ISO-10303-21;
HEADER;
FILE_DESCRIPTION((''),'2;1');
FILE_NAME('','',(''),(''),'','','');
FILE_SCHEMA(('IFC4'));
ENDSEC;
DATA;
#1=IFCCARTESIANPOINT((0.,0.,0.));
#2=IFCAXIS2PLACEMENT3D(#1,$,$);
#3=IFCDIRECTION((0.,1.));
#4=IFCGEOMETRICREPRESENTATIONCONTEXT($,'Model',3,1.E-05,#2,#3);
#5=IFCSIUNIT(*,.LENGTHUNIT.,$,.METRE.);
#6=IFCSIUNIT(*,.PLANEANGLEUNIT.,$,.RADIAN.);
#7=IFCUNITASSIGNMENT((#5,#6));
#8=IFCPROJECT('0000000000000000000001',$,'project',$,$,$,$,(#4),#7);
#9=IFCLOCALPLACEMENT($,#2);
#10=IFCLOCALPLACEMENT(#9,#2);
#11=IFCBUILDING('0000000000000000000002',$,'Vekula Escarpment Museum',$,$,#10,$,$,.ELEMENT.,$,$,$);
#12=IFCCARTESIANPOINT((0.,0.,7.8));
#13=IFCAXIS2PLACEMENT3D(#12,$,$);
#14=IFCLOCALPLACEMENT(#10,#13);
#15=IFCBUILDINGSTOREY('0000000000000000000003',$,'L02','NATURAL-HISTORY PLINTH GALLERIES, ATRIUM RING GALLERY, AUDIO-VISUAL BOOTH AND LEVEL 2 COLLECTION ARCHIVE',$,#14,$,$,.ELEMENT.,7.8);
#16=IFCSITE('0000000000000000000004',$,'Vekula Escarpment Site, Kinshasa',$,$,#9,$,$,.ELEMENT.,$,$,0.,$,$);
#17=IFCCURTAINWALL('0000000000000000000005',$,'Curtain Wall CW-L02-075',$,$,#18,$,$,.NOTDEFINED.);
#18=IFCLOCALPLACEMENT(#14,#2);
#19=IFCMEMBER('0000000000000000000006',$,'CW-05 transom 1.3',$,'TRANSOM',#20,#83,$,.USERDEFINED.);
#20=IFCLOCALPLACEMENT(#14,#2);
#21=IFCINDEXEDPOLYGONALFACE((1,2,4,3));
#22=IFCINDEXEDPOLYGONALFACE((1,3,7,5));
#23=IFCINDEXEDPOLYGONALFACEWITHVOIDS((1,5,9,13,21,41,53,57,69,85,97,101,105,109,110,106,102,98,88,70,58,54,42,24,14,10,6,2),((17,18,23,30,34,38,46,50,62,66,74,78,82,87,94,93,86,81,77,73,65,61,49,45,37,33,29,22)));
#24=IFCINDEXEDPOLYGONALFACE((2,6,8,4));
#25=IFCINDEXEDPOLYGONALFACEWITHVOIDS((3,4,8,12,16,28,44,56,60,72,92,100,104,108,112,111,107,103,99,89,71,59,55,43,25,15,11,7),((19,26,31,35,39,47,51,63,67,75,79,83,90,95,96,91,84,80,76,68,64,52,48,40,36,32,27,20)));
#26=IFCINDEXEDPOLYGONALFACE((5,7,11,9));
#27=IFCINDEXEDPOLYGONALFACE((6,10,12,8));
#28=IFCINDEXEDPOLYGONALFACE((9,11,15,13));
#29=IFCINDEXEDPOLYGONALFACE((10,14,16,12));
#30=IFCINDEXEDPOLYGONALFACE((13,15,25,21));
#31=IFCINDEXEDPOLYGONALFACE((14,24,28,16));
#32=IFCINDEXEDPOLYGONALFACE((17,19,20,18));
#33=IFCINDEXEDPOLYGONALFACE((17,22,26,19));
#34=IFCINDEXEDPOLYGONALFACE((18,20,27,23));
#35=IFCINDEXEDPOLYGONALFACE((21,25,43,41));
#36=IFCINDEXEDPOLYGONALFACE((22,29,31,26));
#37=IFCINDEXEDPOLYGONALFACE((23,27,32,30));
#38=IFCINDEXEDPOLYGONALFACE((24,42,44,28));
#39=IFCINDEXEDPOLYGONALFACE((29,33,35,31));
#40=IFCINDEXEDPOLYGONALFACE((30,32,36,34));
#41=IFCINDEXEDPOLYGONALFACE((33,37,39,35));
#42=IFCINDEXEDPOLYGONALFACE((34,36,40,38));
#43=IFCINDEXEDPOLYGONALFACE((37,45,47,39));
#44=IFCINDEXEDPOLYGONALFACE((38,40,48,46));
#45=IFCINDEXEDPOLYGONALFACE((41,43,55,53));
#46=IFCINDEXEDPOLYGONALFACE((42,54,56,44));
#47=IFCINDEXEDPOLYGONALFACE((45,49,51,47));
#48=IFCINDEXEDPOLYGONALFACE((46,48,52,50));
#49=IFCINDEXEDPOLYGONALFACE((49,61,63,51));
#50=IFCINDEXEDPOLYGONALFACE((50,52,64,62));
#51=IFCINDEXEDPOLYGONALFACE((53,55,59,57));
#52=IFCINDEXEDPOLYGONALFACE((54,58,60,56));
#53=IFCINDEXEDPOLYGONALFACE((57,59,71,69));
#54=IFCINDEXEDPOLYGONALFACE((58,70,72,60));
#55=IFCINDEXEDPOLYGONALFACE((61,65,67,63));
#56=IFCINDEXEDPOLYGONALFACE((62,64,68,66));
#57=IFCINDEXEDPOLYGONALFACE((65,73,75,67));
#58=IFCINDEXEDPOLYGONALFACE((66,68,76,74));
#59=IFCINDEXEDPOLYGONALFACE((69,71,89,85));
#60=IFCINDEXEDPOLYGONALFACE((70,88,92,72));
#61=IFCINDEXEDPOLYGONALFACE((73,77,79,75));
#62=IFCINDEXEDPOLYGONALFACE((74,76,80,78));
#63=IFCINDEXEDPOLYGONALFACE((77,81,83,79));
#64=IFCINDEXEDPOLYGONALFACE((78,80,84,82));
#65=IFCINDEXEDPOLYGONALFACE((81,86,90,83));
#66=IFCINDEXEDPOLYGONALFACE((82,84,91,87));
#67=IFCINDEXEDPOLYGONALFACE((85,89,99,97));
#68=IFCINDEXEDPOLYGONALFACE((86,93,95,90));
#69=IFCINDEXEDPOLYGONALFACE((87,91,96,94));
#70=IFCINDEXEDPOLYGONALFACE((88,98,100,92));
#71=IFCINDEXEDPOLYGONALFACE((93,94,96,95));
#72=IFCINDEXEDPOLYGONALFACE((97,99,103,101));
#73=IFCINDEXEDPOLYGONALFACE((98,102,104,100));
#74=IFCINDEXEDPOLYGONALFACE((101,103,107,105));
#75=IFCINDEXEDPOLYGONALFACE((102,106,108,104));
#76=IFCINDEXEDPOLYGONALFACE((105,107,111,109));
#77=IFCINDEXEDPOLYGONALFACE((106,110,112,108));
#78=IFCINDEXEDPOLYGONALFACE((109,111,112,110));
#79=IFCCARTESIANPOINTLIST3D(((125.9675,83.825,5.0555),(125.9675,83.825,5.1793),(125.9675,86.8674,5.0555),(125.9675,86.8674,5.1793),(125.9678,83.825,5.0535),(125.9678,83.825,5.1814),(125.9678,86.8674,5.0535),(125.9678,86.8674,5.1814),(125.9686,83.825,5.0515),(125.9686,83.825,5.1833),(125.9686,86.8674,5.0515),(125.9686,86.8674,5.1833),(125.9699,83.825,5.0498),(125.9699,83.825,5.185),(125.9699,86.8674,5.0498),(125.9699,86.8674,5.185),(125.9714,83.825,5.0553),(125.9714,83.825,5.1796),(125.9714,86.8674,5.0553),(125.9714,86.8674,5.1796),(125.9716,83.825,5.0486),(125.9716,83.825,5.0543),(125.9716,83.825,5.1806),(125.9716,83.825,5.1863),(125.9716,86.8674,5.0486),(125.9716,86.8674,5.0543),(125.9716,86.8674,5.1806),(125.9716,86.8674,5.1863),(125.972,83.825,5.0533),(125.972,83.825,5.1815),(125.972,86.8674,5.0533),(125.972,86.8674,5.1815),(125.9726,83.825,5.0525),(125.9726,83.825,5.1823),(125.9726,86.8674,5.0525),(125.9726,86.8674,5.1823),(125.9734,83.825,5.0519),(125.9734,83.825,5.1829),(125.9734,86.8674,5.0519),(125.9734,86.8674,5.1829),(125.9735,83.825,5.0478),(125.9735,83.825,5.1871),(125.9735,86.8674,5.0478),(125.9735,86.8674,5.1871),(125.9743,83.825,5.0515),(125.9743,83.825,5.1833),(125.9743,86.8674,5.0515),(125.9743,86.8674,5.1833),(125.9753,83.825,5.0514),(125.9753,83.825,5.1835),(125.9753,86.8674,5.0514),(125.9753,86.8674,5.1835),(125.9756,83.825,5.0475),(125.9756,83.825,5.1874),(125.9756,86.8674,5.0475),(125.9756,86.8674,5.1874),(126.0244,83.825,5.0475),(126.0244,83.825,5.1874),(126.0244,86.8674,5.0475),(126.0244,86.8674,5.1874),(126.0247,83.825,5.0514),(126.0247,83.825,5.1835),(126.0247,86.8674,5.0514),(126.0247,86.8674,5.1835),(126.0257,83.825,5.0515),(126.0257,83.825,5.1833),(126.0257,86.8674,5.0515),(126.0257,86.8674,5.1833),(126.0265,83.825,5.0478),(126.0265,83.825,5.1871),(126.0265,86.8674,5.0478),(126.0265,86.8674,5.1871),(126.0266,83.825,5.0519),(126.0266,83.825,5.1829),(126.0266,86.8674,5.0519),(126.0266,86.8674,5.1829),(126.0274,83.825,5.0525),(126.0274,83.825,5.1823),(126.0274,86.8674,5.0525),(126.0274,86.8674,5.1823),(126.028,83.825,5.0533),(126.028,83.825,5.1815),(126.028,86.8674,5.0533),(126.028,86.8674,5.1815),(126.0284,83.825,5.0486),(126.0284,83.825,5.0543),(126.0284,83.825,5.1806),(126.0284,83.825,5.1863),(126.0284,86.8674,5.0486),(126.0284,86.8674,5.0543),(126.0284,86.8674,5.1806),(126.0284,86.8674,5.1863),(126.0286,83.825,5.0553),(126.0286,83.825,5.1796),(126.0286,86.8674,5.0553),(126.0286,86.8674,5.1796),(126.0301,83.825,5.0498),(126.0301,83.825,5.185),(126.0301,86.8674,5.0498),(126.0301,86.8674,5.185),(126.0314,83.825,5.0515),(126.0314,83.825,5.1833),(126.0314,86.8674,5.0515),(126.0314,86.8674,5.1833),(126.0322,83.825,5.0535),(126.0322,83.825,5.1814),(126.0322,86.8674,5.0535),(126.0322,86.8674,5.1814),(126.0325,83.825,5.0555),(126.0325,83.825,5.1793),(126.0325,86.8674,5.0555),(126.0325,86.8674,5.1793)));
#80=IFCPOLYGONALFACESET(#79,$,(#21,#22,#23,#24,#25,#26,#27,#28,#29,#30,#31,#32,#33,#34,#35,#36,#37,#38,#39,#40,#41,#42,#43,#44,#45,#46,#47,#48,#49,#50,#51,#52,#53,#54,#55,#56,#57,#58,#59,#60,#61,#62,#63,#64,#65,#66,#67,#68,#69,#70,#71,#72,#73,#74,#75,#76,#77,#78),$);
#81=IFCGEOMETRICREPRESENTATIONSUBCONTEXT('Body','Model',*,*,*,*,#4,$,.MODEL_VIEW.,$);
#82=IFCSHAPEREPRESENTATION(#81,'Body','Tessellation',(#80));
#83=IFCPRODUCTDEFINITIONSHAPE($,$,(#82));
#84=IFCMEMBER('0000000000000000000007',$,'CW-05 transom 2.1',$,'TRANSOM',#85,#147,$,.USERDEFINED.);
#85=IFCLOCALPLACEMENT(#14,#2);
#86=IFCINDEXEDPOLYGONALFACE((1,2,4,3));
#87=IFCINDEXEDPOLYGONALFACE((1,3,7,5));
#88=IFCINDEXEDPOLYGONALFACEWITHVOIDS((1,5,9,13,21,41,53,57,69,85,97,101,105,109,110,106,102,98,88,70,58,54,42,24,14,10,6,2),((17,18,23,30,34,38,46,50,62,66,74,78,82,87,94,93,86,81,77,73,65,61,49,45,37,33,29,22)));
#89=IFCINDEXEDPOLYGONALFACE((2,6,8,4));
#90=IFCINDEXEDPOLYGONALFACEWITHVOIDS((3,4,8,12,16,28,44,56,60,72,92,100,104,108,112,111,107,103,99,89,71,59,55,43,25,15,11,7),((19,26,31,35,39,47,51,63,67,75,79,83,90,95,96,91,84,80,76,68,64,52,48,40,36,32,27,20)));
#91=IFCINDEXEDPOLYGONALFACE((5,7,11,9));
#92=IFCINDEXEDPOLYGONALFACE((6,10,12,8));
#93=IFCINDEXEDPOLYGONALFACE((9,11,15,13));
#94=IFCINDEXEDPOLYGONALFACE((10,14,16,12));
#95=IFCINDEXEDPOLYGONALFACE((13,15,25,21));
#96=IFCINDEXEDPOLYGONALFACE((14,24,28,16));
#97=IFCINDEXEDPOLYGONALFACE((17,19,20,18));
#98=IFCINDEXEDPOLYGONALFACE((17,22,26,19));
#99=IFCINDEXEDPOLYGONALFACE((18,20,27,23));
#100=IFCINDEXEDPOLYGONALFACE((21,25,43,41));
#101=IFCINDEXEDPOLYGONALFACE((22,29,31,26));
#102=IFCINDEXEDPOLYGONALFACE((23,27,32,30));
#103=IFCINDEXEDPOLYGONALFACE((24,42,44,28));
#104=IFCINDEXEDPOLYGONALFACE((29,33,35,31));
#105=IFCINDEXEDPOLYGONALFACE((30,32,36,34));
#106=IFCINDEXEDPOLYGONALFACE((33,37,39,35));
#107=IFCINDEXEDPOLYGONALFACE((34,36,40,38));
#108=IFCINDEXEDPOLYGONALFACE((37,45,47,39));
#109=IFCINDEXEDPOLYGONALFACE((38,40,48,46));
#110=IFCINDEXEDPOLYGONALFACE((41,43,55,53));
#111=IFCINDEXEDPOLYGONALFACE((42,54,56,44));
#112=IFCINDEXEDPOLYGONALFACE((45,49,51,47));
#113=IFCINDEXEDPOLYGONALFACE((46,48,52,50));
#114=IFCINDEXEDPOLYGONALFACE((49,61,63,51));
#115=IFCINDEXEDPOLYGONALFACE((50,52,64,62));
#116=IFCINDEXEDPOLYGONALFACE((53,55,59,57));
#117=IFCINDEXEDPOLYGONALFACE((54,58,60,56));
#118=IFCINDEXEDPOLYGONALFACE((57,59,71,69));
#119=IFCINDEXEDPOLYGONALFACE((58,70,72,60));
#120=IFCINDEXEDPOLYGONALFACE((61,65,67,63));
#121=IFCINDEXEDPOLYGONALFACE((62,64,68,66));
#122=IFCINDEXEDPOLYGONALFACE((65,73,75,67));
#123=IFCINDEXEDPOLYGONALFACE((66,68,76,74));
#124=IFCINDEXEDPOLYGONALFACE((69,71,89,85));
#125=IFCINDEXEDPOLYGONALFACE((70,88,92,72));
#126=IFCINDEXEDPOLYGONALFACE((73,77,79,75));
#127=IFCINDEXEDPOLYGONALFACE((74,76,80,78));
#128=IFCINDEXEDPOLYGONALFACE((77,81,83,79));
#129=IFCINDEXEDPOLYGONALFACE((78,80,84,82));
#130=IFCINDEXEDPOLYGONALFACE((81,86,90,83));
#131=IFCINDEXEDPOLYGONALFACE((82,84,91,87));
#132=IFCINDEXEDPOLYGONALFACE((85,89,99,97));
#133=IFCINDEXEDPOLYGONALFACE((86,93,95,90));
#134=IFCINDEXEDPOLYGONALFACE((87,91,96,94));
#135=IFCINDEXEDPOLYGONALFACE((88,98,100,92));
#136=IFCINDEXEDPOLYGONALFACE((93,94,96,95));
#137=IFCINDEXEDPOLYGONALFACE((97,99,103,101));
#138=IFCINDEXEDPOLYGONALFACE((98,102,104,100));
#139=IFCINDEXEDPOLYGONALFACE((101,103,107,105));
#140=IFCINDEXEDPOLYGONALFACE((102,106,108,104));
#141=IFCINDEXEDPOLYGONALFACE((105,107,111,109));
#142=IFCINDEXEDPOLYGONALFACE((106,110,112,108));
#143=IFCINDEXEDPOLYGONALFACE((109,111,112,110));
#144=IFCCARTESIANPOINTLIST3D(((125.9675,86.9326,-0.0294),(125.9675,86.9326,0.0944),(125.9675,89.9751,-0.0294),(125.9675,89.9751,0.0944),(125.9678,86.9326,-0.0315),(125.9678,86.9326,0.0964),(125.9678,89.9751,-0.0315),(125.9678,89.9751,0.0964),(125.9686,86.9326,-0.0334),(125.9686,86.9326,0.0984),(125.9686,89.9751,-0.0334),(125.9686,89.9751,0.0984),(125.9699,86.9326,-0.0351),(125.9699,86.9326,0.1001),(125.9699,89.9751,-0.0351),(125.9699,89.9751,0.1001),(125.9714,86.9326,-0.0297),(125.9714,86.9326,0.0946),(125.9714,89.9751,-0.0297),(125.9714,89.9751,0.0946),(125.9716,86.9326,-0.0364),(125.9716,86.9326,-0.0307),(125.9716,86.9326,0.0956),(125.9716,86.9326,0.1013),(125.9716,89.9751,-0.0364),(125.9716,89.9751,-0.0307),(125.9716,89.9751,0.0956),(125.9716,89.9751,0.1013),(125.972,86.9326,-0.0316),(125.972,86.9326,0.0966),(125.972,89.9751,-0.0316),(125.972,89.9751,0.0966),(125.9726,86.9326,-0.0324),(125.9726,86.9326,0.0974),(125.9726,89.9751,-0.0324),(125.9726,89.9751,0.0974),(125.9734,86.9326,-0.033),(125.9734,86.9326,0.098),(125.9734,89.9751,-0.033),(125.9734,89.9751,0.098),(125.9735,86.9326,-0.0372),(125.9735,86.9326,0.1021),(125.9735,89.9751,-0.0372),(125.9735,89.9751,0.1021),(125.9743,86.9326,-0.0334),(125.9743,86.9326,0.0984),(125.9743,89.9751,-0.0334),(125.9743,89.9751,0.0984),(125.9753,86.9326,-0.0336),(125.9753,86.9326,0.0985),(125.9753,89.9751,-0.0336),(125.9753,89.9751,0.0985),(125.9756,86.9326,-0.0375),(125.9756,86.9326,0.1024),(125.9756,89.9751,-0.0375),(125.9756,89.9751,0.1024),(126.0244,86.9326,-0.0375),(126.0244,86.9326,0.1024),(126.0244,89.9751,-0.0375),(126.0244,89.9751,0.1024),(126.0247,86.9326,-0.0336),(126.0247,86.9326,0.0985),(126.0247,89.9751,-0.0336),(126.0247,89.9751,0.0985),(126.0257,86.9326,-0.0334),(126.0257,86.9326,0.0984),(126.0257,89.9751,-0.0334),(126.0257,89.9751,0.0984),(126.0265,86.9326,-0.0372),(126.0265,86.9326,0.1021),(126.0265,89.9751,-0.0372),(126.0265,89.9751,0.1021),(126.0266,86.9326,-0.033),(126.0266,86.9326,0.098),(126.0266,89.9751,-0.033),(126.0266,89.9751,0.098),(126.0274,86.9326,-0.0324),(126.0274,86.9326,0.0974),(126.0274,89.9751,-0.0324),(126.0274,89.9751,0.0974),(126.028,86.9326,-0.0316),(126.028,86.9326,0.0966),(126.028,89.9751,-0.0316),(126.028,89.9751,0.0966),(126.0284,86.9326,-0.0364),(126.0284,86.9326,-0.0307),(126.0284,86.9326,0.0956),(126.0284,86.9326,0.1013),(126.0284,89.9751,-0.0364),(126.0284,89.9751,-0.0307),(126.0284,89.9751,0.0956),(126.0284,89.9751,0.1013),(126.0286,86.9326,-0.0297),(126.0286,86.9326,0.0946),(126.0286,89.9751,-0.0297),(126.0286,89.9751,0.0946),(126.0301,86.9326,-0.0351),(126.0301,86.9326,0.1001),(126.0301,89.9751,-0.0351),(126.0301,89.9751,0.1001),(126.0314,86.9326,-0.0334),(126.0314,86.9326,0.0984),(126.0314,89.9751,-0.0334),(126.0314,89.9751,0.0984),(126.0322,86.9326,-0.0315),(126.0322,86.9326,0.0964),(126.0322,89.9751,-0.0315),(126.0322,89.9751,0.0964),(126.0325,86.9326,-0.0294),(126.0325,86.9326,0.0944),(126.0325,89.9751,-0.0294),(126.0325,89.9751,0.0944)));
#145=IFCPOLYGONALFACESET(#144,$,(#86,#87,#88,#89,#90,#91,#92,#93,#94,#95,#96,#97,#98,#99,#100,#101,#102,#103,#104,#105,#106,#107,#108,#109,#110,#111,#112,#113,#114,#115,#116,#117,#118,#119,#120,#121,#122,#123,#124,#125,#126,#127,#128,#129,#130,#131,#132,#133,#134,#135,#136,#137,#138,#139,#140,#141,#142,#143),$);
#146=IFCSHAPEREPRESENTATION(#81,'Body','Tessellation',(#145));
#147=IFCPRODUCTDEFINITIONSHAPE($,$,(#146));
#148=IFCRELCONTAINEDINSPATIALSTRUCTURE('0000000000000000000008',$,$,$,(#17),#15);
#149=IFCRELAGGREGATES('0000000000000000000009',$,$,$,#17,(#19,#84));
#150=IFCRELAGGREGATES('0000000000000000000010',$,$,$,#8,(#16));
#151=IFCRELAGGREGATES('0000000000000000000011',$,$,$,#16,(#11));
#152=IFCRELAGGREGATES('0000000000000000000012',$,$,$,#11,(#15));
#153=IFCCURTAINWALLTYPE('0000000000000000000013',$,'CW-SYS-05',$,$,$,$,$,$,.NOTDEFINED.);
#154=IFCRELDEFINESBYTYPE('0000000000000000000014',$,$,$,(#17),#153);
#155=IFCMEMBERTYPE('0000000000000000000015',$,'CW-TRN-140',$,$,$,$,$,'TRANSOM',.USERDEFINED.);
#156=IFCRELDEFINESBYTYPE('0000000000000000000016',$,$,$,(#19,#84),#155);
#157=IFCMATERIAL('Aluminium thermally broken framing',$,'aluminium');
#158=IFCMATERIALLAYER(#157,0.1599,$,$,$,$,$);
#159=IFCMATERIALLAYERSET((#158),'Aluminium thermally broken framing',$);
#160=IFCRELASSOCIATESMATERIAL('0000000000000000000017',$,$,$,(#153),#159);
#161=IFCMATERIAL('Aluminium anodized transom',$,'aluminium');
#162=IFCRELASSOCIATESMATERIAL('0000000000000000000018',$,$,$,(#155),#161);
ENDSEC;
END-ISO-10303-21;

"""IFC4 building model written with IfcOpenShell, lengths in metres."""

from ifc_helpers import new_model, si_unit, direction, frame, origin, origin_2d, place, context, subcontext, project, spatial, hollow_rectangle, extrude, material, layer, layer_set, material_profile, profile_set, type_object, element, aggregate, save


model = new_model("IFC4")

# Units and contexts
model_context = context("Model", 3, precision=1e-05, world=origin(), true_north=direction((0.0, 1.0)))
body_context = subcontext(model_context, "Body", "Model", "MODEL_VIEW")
ifc_project = project(units=[si_unit("LENGTHUNIT", "METRE"), si_unit("PLANEANGLEUNIT", "RADIAN")], contexts=[model_context])

# Site, building, storey
site_placement = place(None, origin())
site = spatial("IfcSite", under=ifc_project, at=site_placement, Name="Vekula Escarpment Site, Kinshasa", CompositionType="ELEMENT", RefElevation=0.0)
building_placement = place(site_placement, origin())
building = spatial("IfcBuilding", under=site, at=building_placement, Name="Vekula Escarpment Museum", CompositionType="ELEMENT")
storey_placement = place(building_placement, frame((0.0, 0.0, 7.8)))
storey = spatial("IfcBuildingStorey", under=building, at=storey_placement, Name="L02", Description="NATURAL-HISTORY PLINTH GALLERIES, ATRIUM RING GALLERY, AUDIO-VISUAL BOOTH AND LEVEL 2 COLLECTION ARCHIVE", CompositionType="ELEMENT", Elevation=7.8)

# Curtain wall, members
ifc_material_1 = material(Name="Aluminium thermally broken framing", Category="aluminium")
ifc_layer_1 = layer(ifc_material_1, 0.1599)
ifc_layer_set_1 = layer_set([ifc_layer_1], Name="Aluminium thermally broken framing")
curtain_wall_type_1 = type_object("IfcCurtainWallType", Name="CW-SYS-05", PredefinedType="NOTDEFINED", material=ifc_layer_set_1)
curtain_wall_1_placement = place(storey_placement, origin())
curtain_wall_1 = element("IfcCurtainWall", 1, at=curtain_wall_1_placement, inside=storey, type_object=curtain_wall_type_1, Name="Curtain Wall CW-L02-075", PredefinedType="NOTDEFINED")
ifc_material_2 = material(Name="Aluminium anodized transom", Category="aluminium")
ifc_material_profile_1 = material_profile(ifc_material_2, hollow_rectangle(XDim=0.0649, YDim=0.1399, WallThickness=0.0039, InnerFilletRadius=0.0039, OuterFilletRadius=0.0081, at=origin_2d()), Name="ALU 140x65x4")
ifc_profile_set_1 = profile_set([ifc_material_profile_1], Name="Aluminium anodized transom")
member_type_1 = type_object("IfcMemberType", Name="CW-TRN-140", ElementType="TRANSOM", PredefinedType="USERDEFINED", material=ifc_profile_set_1)
member_1_placement = place(storey_placement, frame((126.0, 83.825, 5.1174), z_axis=(0.0, 1.0, 0.0), x_axis=(-1.0, 0.0, 0.0)))
member_1 = element("IfcMember", 2, at=member_1_placement, type_object=member_type_1, Name="CW-05 transom 1.3", ObjectType="TRANSOM", PredefinedType="USERDEFINED", context=body_context, shape_type="SweptSolid", body=[
    extrude(hollow_rectangle(XDim=0.0649, YDim=0.1399, WallThickness=0.0039, InnerFilletRadius=0.0039, OuterFilletRadius=0.0081, at=origin_2d()), origin(), (0.0, 0.0, 1.0), 3.0425),
])
member_2_placement = place(storey_placement, frame((126.0, 86.9326, 0.0325), z_axis=(0.0, 1.0, 0.0), x_axis=(-1.0, 0.0, 0.0)))
member_2 = element("IfcMember", 3, at=member_2_placement, type_object=member_type_1, Name="CW-05 transom 2.1", ObjectType="TRANSOM", PredefinedType="USERDEFINED", context=body_context, shape_type="SweptSolid", body=[
    extrude(hollow_rectangle(XDim=0.0649, YDim=0.1399, WallThickness=0.0039, InnerFilletRadius=0.0039, OuterFilletRadius=0.0081, at=origin_2d()), origin(), (0.0, 0.0, 1.0), 3.0425),
])

aggregate(curtain_wall_1, [member_1, member_2])

save(model, "model.ifc")
